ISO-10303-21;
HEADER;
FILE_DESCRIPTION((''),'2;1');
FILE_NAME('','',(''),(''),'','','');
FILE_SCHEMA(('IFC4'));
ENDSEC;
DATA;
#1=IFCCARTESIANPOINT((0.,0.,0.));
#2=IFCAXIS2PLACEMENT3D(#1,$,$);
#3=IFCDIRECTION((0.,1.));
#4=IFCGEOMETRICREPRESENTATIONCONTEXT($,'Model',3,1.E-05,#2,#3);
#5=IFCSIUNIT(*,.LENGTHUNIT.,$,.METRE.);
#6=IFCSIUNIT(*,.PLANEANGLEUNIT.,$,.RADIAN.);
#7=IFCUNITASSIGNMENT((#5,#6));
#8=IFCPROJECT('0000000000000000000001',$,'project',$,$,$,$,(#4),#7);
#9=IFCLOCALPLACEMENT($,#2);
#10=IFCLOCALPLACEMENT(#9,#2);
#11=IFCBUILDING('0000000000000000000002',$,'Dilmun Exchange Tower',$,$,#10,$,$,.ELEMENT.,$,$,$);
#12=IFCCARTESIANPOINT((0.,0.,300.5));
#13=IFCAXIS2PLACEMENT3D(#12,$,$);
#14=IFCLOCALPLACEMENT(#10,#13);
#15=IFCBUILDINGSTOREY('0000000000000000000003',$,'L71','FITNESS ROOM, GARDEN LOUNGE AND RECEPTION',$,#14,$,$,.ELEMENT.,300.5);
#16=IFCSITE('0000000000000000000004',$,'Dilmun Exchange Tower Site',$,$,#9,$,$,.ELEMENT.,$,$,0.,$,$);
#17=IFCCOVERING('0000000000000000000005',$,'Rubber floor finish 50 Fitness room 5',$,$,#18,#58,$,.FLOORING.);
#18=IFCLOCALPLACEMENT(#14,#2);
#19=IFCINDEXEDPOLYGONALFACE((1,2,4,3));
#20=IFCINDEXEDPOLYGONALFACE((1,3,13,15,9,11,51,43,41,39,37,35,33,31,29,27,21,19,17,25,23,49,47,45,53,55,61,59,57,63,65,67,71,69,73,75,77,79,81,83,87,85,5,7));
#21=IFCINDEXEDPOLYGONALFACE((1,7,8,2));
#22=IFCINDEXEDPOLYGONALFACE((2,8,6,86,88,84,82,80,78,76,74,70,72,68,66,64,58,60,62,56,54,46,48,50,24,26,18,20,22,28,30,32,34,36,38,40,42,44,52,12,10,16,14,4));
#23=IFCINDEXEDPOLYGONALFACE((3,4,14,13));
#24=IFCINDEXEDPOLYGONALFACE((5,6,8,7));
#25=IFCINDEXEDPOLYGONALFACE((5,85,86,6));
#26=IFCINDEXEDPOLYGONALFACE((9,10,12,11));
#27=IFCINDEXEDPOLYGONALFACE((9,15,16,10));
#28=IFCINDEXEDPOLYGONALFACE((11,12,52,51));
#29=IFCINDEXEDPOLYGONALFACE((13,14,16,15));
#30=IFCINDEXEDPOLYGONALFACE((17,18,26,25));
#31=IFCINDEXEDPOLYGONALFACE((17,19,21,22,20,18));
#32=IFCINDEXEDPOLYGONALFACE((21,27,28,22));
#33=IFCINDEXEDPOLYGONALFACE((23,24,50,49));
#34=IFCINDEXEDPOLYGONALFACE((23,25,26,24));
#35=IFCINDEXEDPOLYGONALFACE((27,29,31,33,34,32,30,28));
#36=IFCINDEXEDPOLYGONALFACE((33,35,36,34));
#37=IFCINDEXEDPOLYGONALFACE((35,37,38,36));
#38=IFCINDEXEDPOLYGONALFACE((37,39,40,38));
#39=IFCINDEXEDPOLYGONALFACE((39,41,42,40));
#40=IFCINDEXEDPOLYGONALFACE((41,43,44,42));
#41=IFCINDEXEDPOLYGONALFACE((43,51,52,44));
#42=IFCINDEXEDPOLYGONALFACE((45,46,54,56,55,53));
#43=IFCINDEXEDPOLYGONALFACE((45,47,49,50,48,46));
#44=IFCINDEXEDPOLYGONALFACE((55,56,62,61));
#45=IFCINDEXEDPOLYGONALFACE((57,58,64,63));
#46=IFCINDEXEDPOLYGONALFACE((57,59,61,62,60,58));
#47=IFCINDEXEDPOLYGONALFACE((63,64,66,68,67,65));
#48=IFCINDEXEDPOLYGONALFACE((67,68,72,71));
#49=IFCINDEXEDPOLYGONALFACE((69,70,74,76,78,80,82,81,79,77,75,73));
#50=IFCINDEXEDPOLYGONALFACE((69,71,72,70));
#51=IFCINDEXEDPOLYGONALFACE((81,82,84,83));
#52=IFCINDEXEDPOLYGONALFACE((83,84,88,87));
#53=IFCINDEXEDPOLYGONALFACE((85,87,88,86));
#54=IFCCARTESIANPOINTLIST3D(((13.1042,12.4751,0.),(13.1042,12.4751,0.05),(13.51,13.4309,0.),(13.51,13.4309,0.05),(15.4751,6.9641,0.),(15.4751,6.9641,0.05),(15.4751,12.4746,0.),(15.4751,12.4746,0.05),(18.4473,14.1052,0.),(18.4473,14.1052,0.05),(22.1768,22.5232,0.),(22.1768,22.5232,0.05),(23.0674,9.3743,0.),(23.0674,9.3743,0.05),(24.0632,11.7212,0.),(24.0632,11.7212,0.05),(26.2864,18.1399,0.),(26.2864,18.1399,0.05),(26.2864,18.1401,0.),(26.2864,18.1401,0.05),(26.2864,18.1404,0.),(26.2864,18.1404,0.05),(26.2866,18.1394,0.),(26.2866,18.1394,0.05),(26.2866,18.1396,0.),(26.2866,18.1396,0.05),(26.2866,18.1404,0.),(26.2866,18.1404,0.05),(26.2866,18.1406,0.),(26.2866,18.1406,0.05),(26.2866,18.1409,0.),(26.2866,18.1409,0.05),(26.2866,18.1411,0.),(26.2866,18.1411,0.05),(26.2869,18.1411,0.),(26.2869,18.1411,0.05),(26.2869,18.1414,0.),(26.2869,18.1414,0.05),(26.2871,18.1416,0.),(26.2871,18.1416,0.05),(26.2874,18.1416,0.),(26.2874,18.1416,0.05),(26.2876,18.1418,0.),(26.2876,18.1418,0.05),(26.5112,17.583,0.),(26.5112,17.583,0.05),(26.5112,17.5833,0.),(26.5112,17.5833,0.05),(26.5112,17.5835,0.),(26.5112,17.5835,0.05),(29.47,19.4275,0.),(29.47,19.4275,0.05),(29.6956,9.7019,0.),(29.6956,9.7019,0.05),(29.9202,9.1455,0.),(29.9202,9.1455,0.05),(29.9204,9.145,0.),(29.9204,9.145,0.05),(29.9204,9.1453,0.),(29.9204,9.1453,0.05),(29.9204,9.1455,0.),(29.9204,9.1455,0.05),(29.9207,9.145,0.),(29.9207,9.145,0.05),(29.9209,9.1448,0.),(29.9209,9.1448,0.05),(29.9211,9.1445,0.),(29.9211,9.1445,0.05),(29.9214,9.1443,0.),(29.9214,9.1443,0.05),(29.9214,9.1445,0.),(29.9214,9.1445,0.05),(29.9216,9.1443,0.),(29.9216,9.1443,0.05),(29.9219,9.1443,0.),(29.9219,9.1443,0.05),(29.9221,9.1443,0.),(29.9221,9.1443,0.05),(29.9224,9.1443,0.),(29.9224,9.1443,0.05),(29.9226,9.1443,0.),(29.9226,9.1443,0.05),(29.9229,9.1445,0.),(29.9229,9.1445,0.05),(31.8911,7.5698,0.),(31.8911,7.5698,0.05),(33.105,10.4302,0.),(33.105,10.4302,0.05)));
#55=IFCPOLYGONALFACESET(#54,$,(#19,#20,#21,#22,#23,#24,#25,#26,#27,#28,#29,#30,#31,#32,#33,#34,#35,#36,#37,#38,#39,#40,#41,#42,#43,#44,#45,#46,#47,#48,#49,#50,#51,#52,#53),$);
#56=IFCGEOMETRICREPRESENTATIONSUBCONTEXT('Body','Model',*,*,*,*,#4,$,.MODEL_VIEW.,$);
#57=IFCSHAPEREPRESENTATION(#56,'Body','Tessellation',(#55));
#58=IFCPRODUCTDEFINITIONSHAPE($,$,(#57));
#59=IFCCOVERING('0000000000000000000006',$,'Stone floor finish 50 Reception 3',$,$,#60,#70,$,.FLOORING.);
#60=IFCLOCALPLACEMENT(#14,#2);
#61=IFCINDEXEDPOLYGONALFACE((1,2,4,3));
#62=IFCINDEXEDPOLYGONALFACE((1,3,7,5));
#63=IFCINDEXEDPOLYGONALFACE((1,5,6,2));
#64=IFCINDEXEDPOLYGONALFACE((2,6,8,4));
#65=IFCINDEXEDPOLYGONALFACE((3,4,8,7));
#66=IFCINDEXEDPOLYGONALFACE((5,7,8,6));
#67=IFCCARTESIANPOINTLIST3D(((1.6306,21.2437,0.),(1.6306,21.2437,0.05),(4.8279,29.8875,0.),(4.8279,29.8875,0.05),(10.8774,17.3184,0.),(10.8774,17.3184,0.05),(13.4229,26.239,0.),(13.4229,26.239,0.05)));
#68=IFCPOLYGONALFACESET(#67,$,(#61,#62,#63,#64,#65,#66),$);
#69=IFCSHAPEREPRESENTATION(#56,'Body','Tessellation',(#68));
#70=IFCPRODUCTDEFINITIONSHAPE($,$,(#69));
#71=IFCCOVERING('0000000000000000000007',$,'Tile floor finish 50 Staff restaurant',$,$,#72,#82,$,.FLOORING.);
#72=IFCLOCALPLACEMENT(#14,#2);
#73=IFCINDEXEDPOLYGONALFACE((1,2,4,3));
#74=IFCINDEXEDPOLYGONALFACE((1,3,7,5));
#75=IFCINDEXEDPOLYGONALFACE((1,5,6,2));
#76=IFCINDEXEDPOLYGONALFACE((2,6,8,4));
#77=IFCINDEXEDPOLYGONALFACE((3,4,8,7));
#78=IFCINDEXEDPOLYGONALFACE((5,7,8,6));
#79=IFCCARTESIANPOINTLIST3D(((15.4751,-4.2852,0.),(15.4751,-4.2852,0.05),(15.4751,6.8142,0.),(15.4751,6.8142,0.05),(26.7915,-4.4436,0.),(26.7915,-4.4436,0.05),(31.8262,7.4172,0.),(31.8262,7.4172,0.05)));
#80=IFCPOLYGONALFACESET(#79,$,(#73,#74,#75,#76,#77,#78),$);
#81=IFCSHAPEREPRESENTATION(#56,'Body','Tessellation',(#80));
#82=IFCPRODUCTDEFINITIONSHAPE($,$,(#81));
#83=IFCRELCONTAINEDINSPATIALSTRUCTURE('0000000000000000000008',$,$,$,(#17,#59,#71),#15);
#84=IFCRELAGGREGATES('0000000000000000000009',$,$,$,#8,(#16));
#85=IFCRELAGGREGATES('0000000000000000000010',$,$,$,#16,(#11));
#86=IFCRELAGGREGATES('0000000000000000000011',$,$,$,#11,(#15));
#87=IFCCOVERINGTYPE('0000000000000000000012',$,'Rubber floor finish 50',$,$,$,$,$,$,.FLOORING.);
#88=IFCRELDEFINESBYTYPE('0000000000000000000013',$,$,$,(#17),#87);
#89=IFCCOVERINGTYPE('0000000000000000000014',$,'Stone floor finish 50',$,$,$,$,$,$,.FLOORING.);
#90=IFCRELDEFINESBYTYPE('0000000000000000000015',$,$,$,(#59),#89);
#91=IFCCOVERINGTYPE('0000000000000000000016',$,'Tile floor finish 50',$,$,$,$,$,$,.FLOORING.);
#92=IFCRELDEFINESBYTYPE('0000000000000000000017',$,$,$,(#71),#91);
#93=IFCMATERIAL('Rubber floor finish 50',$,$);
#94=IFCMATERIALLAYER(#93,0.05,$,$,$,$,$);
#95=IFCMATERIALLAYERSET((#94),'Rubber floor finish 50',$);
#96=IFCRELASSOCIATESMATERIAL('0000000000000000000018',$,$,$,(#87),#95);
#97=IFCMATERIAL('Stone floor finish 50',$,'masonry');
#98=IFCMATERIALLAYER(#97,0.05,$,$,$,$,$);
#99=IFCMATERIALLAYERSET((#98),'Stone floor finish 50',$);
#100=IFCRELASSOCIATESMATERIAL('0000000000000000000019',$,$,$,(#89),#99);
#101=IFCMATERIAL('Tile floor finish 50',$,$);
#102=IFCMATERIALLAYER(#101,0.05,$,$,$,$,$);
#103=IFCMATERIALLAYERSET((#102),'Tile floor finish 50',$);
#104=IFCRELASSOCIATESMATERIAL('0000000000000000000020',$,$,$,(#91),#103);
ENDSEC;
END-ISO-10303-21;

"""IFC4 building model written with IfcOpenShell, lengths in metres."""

from ifc_helpers import new_model, si_unit, direction, frame, origin, place, context, subcontext, project, spatial, polyline, outline, extrude, material, layer, layer_set, type_object, element, save


model = new_model("IFC4")

# Units and contexts
model_context = context("Model", 3, precision=1e-05, world=origin(), true_north=direction((0.0, 1.0)))
body_context = subcontext(model_context, "Body", "Model", "MODEL_VIEW")
ifc_project = project(units=[si_unit("LENGTHUNIT", "METRE"), si_unit("PLANEANGLEUNIT", "RADIAN")], contexts=[model_context])

# Site, building, storey
site_placement = place(None, origin())
site = spatial("IfcSite", under=ifc_project, at=site_placement, Name="Dilmun Exchange Tower Site", CompositionType="ELEMENT", RefElevation=0.0)
building_placement = place(site_placement, origin())
building = spatial("IfcBuilding", under=site, at=building_placement, Name="Dilmun Exchange Tower", CompositionType="ELEMENT")
storey_placement = place(building_placement, frame((0.0, 0.0, 300.5)))
storey = spatial("IfcBuildingStorey", under=building, at=storey_placement, Name="L71", Description="FITNESS ROOM, GARDEN LOUNGE AND RECEPTION", CompositionType="ELEMENT", Elevation=300.5)

# Coverings
ifc_material_1 = material(Name="Rubber floor finish 50")
ifc_layer_1 = layer(ifc_material_1, 0.05)
ifc_layer_set_1 = layer_set([ifc_layer_1], Name="Rubber floor finish 50")
covering_type_1 = type_object("IfcCoveringType", Name="Rubber floor finish 50", PredefinedType="FLOORING", material=ifc_layer_set_1)
covering_1_placement = place(storey_placement, origin())
element("IfcCovering", 1, at=covering_1_placement, inside=storey, type_object=covering_type_1, Name="Rubber floor finish 50 Fitness room 5", PredefinedType="FLOORING", context=body_context, shape_type="SweptSolid", body=[
    extrude(outline(polyline([(13.51, 13.4309), (23.0674, 9.3743), (24.0632, 11.7212), (18.4473, 14.1052), (22.1768, 22.5232), (29.47, 19.4275), (26.2876, 18.1418), (26.2876, 18.1418), (26.2874, 18.1416), (26.2871, 18.1416), (26.2871, 18.1416), (26.2869, 18.1414), (26.2869, 18.1411), (26.2866, 18.1411), (26.2866, 18.1409), (26.2866, 18.1406), (26.2866, 18.1404), (26.2864, 18.1404), (26.2864, 18.1401), (26.2864, 18.1399), (26.2866, 18.1396), (26.2866, 18.1394), (26.2866, 18.1394), (26.5112, 17.5835), (26.5112, 17.5833), (26.5112, 17.5833), (26.5112, 17.583), (29.6956, 9.7019), (29.9202, 9.1455), (29.9204, 9.1455), (29.9204, 9.1453), (29.9204, 9.145), (29.9207, 9.145), (29.9209, 9.1448), (29.9209, 9.1448), (29.9211, 9.1445), (29.9214, 9.1445), (29.9214, 9.1443), (29.9216, 9.1443), (29.9219, 9.1443), (29.9221, 9.1443), (29.9224, 9.1443), (29.9226, 9.1443), (29.9226, 9.1443), (29.9229, 9.1445), (33.105, 10.4302), (31.8911, 7.5698), (15.4751, 6.9641), (15.4751, 12.4746), (13.1042, 12.4751), (13.51, 13.4309)])), origin(), (0.0, 0.0, 1.0), 0.05),
])
ifc_material_2 = material(Name="Stone floor finish 50", Category="masonry")
ifc_layer_2 = layer(ifc_material_2, 0.05)
ifc_layer_set_2 = layer_set([ifc_layer_2], Name="Stone floor finish 50")
covering_type_2 = type_object("IfcCoveringType", Name="Stone floor finish 50", PredefinedType="FLOORING", material=ifc_layer_set_2)
covering_2_placement = place(storey_placement, origin())
element("IfcCovering", 2, at=covering_2_placement, inside=storey, type_object=covering_type_2, Name="Stone floor finish 50 Reception 3", PredefinedType="FLOORING", context=body_context, shape_type="SweptSolid", body=[
    extrude(outline(polyline([(1.6306, 21.2437), (4.8279, 29.8875), (13.4229, 26.239), (10.8774, 17.3184), (1.6306, 21.2437)])), origin(), (0.0, 0.0, 1.0), 0.05),
])
ifc_material_3 = material(Name="Tile floor finish 50")
ifc_layer_3 = layer(ifc_material_3, 0.05)
ifc_layer_set_3 = layer_set([ifc_layer_3], Name="Tile floor finish 50")
covering_type_3 = type_object("IfcCoveringType", Name="Tile floor finish 50", PredefinedType="FLOORING", material=ifc_layer_set_3)
covering_3_placement = place(storey_placement, origin())
element("IfcCovering", 3, at=covering_3_placement, inside=storey, type_object=covering_type_3, Name="Tile floor finish 50 Staff restaurant", PredefinedType="FLOORING", context=body_context, shape_type="SweptSolid", body=[
    extrude(outline(polyline([(15.4751, 6.8142), (31.8262, 7.4172), (26.7915, -4.4436), (15.4751, -4.2852), (15.4751, 6.8142)])), origin(), (0.0, 0.0, 1.0), 0.05),
])

save(model, "model.ifc")
